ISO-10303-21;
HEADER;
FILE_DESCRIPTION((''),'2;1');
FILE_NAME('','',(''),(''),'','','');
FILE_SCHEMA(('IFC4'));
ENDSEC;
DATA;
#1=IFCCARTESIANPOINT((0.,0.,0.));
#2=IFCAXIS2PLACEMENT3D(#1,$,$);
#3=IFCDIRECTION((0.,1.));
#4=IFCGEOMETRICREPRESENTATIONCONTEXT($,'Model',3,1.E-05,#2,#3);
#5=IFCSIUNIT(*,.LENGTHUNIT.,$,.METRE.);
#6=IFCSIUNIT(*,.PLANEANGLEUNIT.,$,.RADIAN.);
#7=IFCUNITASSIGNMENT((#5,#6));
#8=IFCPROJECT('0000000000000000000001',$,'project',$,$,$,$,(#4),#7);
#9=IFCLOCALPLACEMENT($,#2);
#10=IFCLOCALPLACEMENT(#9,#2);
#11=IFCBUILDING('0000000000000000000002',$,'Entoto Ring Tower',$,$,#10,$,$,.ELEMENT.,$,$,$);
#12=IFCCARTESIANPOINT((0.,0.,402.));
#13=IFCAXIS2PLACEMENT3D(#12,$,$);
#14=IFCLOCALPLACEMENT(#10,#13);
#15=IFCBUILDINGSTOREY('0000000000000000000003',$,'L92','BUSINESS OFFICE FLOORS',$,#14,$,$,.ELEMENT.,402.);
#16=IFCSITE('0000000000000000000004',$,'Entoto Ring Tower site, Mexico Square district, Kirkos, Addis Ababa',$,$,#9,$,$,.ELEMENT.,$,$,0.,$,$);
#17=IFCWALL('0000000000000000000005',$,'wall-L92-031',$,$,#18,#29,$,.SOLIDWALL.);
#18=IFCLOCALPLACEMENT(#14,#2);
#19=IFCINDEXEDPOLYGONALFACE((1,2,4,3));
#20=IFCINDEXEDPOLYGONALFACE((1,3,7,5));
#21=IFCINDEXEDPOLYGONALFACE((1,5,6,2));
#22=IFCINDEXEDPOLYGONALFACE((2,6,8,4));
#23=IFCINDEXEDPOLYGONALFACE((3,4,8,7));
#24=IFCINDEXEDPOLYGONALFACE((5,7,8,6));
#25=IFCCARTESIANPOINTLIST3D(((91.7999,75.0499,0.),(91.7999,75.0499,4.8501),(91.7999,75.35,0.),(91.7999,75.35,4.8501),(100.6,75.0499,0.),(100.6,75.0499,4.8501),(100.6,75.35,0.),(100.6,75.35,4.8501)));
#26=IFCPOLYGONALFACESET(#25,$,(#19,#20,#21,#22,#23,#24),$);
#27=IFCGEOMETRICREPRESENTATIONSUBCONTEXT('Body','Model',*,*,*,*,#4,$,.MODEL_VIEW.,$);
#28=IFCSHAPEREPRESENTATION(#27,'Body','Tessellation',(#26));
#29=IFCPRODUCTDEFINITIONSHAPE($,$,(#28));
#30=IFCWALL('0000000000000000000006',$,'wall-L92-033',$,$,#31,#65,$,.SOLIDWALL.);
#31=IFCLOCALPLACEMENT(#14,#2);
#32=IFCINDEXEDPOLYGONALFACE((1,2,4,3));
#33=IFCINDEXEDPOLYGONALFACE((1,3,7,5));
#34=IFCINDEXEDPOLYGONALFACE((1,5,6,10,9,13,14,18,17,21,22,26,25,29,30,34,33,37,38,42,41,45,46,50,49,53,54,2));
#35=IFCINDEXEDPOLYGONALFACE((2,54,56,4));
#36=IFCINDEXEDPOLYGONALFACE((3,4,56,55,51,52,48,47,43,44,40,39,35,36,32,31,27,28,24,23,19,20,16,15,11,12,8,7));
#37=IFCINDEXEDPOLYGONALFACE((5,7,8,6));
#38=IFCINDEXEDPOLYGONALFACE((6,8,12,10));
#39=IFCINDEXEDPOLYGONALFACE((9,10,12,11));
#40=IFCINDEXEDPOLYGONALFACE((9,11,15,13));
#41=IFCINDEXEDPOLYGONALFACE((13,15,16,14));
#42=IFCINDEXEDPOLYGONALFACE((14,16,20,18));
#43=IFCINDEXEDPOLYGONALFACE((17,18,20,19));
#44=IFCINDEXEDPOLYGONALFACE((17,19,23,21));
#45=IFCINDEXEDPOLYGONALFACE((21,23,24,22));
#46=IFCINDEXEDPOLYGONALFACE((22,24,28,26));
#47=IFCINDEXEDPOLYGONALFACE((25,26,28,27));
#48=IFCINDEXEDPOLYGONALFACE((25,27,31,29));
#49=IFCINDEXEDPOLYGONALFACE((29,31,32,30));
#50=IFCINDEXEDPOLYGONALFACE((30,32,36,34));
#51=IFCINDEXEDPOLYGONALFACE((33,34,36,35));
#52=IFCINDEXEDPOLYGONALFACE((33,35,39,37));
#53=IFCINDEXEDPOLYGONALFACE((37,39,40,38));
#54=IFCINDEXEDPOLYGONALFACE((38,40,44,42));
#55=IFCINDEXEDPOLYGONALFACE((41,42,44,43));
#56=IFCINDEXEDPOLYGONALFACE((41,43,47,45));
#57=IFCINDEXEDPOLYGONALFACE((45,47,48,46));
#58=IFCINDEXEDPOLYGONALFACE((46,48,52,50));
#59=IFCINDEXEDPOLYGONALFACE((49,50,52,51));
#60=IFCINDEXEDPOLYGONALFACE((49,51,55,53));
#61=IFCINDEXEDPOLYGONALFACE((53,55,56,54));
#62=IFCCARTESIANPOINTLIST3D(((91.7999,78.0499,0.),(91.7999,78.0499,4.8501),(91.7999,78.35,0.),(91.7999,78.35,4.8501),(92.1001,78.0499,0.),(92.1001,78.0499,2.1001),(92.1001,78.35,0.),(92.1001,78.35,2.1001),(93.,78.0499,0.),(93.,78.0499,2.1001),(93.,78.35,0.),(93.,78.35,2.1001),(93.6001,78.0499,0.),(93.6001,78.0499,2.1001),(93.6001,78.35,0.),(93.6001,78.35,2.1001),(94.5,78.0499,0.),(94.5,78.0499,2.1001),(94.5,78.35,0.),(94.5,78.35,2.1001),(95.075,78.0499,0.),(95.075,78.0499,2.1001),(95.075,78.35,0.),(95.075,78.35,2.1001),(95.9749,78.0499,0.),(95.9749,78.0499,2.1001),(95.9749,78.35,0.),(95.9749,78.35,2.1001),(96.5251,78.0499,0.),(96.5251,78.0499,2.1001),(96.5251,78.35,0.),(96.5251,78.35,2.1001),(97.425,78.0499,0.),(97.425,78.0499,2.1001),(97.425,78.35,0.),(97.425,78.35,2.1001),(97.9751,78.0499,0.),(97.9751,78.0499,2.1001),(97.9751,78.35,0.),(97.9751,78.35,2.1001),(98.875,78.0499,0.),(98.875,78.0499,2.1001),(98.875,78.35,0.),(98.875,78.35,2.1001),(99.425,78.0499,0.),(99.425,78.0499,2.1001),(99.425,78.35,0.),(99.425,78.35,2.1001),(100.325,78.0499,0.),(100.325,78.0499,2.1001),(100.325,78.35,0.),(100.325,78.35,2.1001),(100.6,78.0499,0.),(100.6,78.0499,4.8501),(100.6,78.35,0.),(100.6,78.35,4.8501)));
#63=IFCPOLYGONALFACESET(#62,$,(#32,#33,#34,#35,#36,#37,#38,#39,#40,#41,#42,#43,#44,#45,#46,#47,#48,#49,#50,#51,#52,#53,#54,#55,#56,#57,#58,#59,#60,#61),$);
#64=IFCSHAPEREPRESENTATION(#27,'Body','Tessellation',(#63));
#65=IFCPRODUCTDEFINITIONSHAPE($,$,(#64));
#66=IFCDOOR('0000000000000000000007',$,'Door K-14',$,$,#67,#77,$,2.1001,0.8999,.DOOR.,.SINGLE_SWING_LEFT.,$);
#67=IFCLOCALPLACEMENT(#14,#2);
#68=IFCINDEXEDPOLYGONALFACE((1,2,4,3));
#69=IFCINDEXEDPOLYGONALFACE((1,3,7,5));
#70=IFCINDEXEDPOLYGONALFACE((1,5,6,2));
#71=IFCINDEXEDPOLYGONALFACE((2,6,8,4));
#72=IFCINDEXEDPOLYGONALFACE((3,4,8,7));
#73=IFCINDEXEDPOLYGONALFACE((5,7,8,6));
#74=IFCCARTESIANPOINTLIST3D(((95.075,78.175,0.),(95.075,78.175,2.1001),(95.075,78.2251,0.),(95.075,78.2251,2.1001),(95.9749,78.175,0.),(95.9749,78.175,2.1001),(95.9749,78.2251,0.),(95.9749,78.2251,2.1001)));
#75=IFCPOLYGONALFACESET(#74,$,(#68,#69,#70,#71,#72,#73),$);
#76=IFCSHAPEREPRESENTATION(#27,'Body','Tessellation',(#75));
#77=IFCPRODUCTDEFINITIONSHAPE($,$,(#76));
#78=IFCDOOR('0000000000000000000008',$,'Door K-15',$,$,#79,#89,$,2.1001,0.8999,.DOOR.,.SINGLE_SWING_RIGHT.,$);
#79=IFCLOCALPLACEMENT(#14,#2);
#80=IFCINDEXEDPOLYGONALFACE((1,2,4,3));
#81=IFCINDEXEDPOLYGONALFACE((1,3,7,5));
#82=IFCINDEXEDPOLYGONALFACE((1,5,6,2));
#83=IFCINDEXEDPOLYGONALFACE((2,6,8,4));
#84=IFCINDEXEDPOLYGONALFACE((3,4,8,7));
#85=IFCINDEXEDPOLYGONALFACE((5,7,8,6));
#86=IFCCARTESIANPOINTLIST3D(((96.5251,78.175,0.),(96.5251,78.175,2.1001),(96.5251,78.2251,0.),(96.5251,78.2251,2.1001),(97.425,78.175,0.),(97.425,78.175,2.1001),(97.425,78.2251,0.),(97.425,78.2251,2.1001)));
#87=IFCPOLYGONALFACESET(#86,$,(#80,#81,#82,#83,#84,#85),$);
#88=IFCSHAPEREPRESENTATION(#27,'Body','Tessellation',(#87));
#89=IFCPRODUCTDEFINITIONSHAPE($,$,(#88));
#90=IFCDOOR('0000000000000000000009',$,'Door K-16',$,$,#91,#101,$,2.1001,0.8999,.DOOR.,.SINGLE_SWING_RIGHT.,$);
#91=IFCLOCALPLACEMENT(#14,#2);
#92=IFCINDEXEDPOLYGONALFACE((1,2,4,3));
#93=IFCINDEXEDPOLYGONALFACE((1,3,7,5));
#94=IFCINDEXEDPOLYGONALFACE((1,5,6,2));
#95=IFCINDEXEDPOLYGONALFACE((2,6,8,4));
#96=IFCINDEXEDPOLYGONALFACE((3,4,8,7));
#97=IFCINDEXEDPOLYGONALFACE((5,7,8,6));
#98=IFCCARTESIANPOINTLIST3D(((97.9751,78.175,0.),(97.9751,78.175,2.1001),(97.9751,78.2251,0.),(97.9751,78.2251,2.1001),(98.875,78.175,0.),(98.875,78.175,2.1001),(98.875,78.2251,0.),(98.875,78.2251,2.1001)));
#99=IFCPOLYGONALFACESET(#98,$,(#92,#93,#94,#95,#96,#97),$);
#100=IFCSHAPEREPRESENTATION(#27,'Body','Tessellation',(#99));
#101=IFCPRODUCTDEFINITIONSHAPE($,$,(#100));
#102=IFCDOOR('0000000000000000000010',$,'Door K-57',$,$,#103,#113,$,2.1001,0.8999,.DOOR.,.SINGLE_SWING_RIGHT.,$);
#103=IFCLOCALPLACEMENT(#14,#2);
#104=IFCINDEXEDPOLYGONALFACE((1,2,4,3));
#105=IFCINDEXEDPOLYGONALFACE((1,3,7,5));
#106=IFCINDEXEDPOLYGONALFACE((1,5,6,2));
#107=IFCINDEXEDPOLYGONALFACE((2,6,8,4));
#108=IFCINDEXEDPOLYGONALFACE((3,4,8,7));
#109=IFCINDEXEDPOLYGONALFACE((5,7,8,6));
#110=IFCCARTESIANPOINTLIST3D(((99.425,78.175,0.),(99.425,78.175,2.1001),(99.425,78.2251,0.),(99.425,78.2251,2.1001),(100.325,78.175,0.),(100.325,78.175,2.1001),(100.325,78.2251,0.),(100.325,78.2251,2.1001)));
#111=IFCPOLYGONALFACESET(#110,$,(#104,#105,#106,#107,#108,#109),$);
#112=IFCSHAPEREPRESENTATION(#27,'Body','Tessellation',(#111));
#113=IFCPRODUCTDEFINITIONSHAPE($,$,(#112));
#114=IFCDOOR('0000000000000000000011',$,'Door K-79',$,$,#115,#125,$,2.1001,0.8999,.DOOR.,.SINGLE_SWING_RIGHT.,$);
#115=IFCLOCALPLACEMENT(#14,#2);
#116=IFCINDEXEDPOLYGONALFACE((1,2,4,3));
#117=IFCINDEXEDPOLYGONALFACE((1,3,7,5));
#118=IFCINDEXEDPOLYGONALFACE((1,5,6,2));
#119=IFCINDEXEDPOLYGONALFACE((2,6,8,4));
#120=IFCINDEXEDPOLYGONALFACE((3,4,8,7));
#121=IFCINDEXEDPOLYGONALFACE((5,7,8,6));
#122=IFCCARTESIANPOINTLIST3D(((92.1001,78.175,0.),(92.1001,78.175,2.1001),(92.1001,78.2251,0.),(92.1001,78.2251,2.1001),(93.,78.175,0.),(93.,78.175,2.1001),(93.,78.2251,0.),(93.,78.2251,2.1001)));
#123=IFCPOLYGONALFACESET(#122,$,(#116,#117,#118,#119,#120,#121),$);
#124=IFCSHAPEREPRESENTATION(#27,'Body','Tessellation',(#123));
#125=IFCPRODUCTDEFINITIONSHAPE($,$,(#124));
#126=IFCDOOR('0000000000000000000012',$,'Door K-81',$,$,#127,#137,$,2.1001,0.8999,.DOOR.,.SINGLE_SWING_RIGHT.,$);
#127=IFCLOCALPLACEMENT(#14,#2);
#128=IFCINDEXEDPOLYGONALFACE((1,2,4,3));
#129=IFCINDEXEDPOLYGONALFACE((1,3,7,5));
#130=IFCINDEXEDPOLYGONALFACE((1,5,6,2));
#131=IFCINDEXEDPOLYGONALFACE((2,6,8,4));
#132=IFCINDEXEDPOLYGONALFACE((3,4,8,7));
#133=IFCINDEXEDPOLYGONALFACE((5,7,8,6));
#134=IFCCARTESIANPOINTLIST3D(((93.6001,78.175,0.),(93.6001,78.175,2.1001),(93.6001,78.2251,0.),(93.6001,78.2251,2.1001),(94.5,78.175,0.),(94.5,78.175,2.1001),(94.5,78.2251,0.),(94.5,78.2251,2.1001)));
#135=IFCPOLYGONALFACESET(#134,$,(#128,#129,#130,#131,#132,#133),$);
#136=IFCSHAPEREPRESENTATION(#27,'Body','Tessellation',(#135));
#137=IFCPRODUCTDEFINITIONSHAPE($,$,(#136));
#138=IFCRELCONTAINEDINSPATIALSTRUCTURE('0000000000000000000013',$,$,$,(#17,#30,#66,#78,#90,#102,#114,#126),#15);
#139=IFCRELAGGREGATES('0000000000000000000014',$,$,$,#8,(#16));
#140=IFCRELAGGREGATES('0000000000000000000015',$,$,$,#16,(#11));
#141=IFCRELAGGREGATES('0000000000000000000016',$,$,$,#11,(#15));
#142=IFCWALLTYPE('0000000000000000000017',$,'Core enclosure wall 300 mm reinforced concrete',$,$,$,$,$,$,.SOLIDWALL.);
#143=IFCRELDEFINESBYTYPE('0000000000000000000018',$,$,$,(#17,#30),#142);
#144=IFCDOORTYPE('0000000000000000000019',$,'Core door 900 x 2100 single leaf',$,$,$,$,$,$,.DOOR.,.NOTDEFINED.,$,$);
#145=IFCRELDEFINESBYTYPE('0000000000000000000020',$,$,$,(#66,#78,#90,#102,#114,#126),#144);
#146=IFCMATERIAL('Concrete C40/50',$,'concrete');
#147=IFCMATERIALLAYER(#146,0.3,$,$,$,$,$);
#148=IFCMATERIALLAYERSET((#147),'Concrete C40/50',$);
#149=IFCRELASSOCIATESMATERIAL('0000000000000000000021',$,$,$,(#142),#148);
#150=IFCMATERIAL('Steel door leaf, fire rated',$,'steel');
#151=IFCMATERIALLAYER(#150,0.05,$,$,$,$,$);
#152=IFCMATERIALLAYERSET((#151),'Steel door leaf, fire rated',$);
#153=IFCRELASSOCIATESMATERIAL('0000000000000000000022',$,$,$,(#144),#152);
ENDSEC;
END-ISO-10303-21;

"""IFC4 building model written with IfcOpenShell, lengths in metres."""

from ifc_helpers import new_model, si_unit, direction, frame, frame_2d, origin, place, context, subcontext, project, spatial, rectangle, extrude, material, layer, layer_set, type_object, element, fill, save


model = new_model("IFC4")

# Units and contexts
model_context = context("Model", 3, precision=1e-05, world=origin(), true_north=direction((0.0, 1.0)))
body_context = subcontext(model_context, "Body", "Model", "MODEL_VIEW")
ifc_project = project(units=[si_unit("LENGTHUNIT", "METRE"), si_unit("PLANEANGLEUNIT", "RADIAN")], contexts=[model_context])

# Site, building, storey
site_placement = place(None, origin())
site = spatial("IfcSite", under=ifc_project, at=site_placement, Name="Entoto Ring Tower site, Mexico Square district, Kirkos, Addis Ababa", CompositionType="ELEMENT", RefElevation=0.0)
building_placement = place(site_placement, origin())
building = spatial("IfcBuilding", under=site, at=building_placement, Name="Entoto Ring Tower", CompositionType="ELEMENT")
storey_placement = place(building_placement, frame((0.0, 0.0, 402.0)))
storey = spatial("IfcBuildingStorey", under=building, at=storey_placement, Name="L92", Description="BUSINESS OFFICE FLOORS", CompositionType="ELEMENT", Elevation=402.0)

# Shared definitions
ifc_material_1 = material(Name="Concrete C40/50", Category="concrete")
ifc_layer_1 = layer(ifc_material_1, 0.3)
ifc_layer_set_1 = layer_set([ifc_layer_1], Name="Concrete C40/50")
wall_type = type_object("IfcWallType", Name="Core enclosure wall 300 mm reinforced concrete", PredefinedType="SOLIDWALL", material=ifc_layer_set_1)

# Shared definitions
ifc_material_2 = material(Name="Steel door leaf, fire rated", Category="steel")
ifc_layer_2 = layer(ifc_material_2, 0.05)
ifc_layer_set_2 = layer_set([ifc_layer_2], Name="Steel door leaf, fire rated")
door_type_1 = type_object("IfcDoorType", Name="Core door 900 x 2100 single leaf", OperationType="NOTDEFINED", PredefinedType="DOOR", material=ifc_layer_set_2)

# Wall
wall_1_placement = place(storey_placement, frame((91.8, 75.2, 0.0), z_axis=(0.0, 0.0, 1.0), x_axis=(1.0, 0.0, 0.0)))
element("IfcWall", 1, at=wall_1_placement, inside=storey, type_object=wall_type, Name="wall-L92-031", PredefinedType="SOLIDWALL", context=body_context, shape_type="SweptSolid", body=[
    extrude(rectangle(XDim=8.8, YDim=0.3, at=frame_2d((4.3999, 0.0))), origin(), (0.0, 0.0, 1.0), 4.8501),
])

# Wall, openings, doors
wall_2_placement = place(storey_placement, frame((91.8, 78.2, 0.0), z_axis=(0.0, 0.0, 1.0), x_axis=(1.0, 0.0, 0.0)))
wall_2 = element("IfcWall", 2, at=wall_2_placement, inside=storey, type_object=wall_type, Name="wall-L92-033", PredefinedType="SOLIDWALL", context=body_context, shape_type="SweptSolid", body=[
    extrude(rectangle(XDim=8.8, YDim=0.3, at=frame_2d((4.3999, 0.0))), origin(), (0.0, 0.0, 1.0), 4.8501),
])
opening_1_placement = place(wall_2_placement, frame((3.2749, 0.0, 0.0)))
opening_1 = element("IfcOpeningElement", 3, at=opening_1_placement, cuts=wall_2, PredefinedType="OPENING", context=body_context, shape_type="SweptSolid", body=[
    extrude(rectangle(XDim=0.8999, YDim=2.1001, at=frame_2d((0.45, 1.05))), frame((0.0, 0.1602, 0.0), z_axis=(0.0, -1.0, 0.0), x_axis=(1.0, 0.0, 0.0)), (0.0, 0.0, 1.0), 0.3201),
])
opening_2_placement = place(wall_2_placement, frame((4.7251, 0.0, 0.0)))
opening_2 = element("IfcOpeningElement", 4, at=opening_2_placement, cuts=wall_2, PredefinedType="OPENING", context=body_context, shape_type="SweptSolid", body=[
    extrude(rectangle(XDim=0.8999, YDim=2.1001, at=frame_2d((0.45, 1.05))), frame((0.0, 0.1602, 0.0), z_axis=(0.0, -1.0, 0.0), x_axis=(1.0, 0.0, 0.0)), (0.0, 0.0, 1.0), 0.3201),
])
opening_3_placement = place(wall_2_placement, frame((6.175, 0.0, 0.0)))
opening_3 = element("IfcOpeningElement", 5, at=opening_3_placement, cuts=wall_2, PredefinedType="OPENING", context=body_context, shape_type="SweptSolid", body=[
    extrude(rectangle(XDim=0.8999, YDim=2.1001, at=frame_2d((0.45, 1.05))), frame((0.0, 0.1602, 0.0), z_axis=(0.0, -1.0, 0.0), x_axis=(1.0, 0.0, 0.0)), (0.0, 0.0, 1.0), 0.3201),
])
opening_4_placement = place(wall_2_placement, frame((7.625, 0.0, 0.0)))
opening_4 = element("IfcOpeningElement", 6, at=opening_4_placement, cuts=wall_2, PredefinedType="OPENING", context=body_context, shape_type="SweptSolid", body=[
    extrude(rectangle(XDim=0.8999, YDim=2.1001, at=frame_2d((0.45, 1.05))), frame((0.0, 0.1602, 0.0), z_axis=(0.0, -1.0, 0.0), x_axis=(1.0, 0.0, 0.0)), (0.0, 0.0, 1.0), 0.3201),
])
opening_5_placement = place(wall_2_placement, frame((0.3, 0.0, 0.0)))
opening_5 = element("IfcOpeningElement", 7, at=opening_5_placement, cuts=wall_2, PredefinedType="OPENING", context=body_context, shape_type="SweptSolid", body=[
    extrude(rectangle(XDim=0.8999, YDim=2.1001, at=frame_2d((0.45, 1.05))), frame((0.0, 0.1602, 0.0), z_axis=(0.0, -1.0, 0.0), x_axis=(1.0, 0.0, 0.0)), (0.0, 0.0, 1.0), 0.3201),
])
opening_6_placement = place(wall_2_placement, frame((1.8, 0.0, 0.0)))
opening_6 = element("IfcOpeningElement", 8, at=opening_6_placement, cuts=wall_2, PredefinedType="OPENING", context=body_context, shape_type="SweptSolid", body=[
    extrude(rectangle(XDim=0.8999, YDim=2.1001, at=frame_2d((0.45, 1.05))), frame((0.0, 0.1602, 0.0), z_axis=(0.0, -1.0, 0.0), x_axis=(1.0, 0.0, 0.0)), (0.0, 0.0, 1.0), 0.3201),
])
door_1_placement = place(opening_1_placement, frame((0.8999, 0.0, 0.0), z_axis=(0.0, 0.0, 1.0), x_axis=(-1.0, 0.0, 0.0)))
door_1 = element("IfcDoor", 9, at=door_1_placement, inside=storey, type_object=door_type_1, Name="Door K-14", OperationType="SINGLE_SWING_LEFT", OverallHeight=2.1001, OverallWidth=0.8999, PredefinedType="DOOR", context=body_context, shape_type="SweptSolid", body=[
    extrude(rectangle(XDim=0.8999, YDim=2.1001, at=frame_2d((0.45, 1.05))), frame((0.0, 0.0249, 0.0), z_axis=(0.0, -1.0, 0.0), x_axis=(1.0, 0.0, 0.0)), (0.0, 0.0, 1.0), 0.05),
])
fill(opening_1, door_1)
door_2_placement = place(opening_2_placement, frame((0.8999, 0.0, 0.0), z_axis=(0.0, 0.0, 1.0), x_axis=(-1.0, 0.0, 0.0)))
door_2 = element("IfcDoor", 10, at=door_2_placement, inside=storey, type_object=door_type_1, Name="Door K-15", OperationType="SINGLE_SWING_RIGHT", OverallHeight=2.1001, OverallWidth=0.8999, PredefinedType="DOOR", context=body_context, shape_type="SweptSolid", body=[
    extrude(rectangle(XDim=0.8999, YDim=2.1001, at=frame_2d((0.45, 1.05))), frame((0.0, 0.0249, 0.0), z_axis=(0.0, -1.0, 0.0), x_axis=(1.0, 0.0, 0.0)), (0.0, 0.0, 1.0), 0.05),
])
fill(opening_2, door_2)
door_3_placement = place(opening_3_placement, frame((0.8999, 0.0, 0.0), z_axis=(0.0, 0.0, 1.0), x_axis=(-1.0, 0.0, 0.0)))
door_3 = element("IfcDoor", 11, at=door_3_placement, inside=storey, type_object=door_type_1, Name="Door K-16", OperationType="SINGLE_SWING_RIGHT", OverallHeight=2.1001, OverallWidth=0.8999, PredefinedType="DOOR", context=body_context, shape_type="SweptSolid", body=[
    extrude(rectangle(XDim=0.8999, YDim=2.1001, at=frame_2d((0.45, 1.05))), frame((0.0, 0.0249, 0.0), z_axis=(0.0, -1.0, 0.0), x_axis=(1.0, 0.0, 0.0)), (0.0, 0.0, 1.0), 0.05),
])
fill(opening_3, door_3)
door_4_placement = place(opening_4_placement, frame((0.8999, 0.0, 0.0), z_axis=(0.0, 0.0, 1.0), x_axis=(-1.0, 0.0, 0.0)))
door_4 = element("IfcDoor", 12, at=door_4_placement, inside=storey, type_object=door_type_1, Name="Door K-57", OperationType="SINGLE_SWING_RIGHT", OverallHeight=2.1001, OverallWidth=0.8999, PredefinedType="DOOR", context=body_context, shape_type="SweptSolid", body=[
    extrude(rectangle(XDim=0.8999, YDim=2.1001, at=frame_2d((0.45, 1.05))), frame((0.0, 0.0249, 0.0), z_axis=(0.0, -1.0, 0.0), x_axis=(1.0, 0.0, 0.0)), (0.0, 0.0, 1.0), 0.05),
])
fill(opening_4, door_4)
door_5_placement = place(opening_5_placement, frame((0.8999, 0.0, 0.0), z_axis=(0.0, 0.0, 1.0), x_axis=(-1.0, 0.0, 0.0)))
door_5 = element("IfcDoor", 13, at=door_5_placement, inside=storey, type_object=door_type_1, Name="Door K-79", OperationType="SINGLE_SWING_RIGHT", OverallHeight=2.1001, OverallWidth=0.8999, PredefinedType="DOOR", context=body_context, shape_type="SweptSolid", body=[
    extrude(rectangle(XDim=0.8999, YDim=2.1001, at=frame_2d((0.45, 1.05))), frame((0.0, 0.0249, 0.0), z_axis=(0.0, -1.0, 0.0), x_axis=(1.0, 0.0, 0.0)), (0.0, 0.0, 1.0), 0.05),
])
fill(opening_5, door_5)
door_6_placement = place(opening_6_placement, frame((0.8999, 0.0, 0.0), z_axis=(0.0, 0.0, 1.0), x_axis=(-1.0, 0.0, 0.0)))
door_6 = element("IfcDoor", 14, at=door_6_placement, inside=storey, type_object=door_type_1, Name="Door K-81", OperationType="SINGLE_SWING_RIGHT", OverallHeight=2.1001, OverallWidth=0.8999, PredefinedType="DOOR", context=body_context, shape_type="SweptSolid", body=[
    extrude(rectangle(XDim=0.8999, YDim=2.1001, at=frame_2d((0.45, 1.05))), frame((0.0, 0.0249, 0.0), z_axis=(0.0, -1.0, 0.0), x_axis=(1.0, 0.0, 0.0)), (0.0, 0.0, 1.0), 0.05),
])
fill(opening_6, door_6)

save(model, "model.ifc")
